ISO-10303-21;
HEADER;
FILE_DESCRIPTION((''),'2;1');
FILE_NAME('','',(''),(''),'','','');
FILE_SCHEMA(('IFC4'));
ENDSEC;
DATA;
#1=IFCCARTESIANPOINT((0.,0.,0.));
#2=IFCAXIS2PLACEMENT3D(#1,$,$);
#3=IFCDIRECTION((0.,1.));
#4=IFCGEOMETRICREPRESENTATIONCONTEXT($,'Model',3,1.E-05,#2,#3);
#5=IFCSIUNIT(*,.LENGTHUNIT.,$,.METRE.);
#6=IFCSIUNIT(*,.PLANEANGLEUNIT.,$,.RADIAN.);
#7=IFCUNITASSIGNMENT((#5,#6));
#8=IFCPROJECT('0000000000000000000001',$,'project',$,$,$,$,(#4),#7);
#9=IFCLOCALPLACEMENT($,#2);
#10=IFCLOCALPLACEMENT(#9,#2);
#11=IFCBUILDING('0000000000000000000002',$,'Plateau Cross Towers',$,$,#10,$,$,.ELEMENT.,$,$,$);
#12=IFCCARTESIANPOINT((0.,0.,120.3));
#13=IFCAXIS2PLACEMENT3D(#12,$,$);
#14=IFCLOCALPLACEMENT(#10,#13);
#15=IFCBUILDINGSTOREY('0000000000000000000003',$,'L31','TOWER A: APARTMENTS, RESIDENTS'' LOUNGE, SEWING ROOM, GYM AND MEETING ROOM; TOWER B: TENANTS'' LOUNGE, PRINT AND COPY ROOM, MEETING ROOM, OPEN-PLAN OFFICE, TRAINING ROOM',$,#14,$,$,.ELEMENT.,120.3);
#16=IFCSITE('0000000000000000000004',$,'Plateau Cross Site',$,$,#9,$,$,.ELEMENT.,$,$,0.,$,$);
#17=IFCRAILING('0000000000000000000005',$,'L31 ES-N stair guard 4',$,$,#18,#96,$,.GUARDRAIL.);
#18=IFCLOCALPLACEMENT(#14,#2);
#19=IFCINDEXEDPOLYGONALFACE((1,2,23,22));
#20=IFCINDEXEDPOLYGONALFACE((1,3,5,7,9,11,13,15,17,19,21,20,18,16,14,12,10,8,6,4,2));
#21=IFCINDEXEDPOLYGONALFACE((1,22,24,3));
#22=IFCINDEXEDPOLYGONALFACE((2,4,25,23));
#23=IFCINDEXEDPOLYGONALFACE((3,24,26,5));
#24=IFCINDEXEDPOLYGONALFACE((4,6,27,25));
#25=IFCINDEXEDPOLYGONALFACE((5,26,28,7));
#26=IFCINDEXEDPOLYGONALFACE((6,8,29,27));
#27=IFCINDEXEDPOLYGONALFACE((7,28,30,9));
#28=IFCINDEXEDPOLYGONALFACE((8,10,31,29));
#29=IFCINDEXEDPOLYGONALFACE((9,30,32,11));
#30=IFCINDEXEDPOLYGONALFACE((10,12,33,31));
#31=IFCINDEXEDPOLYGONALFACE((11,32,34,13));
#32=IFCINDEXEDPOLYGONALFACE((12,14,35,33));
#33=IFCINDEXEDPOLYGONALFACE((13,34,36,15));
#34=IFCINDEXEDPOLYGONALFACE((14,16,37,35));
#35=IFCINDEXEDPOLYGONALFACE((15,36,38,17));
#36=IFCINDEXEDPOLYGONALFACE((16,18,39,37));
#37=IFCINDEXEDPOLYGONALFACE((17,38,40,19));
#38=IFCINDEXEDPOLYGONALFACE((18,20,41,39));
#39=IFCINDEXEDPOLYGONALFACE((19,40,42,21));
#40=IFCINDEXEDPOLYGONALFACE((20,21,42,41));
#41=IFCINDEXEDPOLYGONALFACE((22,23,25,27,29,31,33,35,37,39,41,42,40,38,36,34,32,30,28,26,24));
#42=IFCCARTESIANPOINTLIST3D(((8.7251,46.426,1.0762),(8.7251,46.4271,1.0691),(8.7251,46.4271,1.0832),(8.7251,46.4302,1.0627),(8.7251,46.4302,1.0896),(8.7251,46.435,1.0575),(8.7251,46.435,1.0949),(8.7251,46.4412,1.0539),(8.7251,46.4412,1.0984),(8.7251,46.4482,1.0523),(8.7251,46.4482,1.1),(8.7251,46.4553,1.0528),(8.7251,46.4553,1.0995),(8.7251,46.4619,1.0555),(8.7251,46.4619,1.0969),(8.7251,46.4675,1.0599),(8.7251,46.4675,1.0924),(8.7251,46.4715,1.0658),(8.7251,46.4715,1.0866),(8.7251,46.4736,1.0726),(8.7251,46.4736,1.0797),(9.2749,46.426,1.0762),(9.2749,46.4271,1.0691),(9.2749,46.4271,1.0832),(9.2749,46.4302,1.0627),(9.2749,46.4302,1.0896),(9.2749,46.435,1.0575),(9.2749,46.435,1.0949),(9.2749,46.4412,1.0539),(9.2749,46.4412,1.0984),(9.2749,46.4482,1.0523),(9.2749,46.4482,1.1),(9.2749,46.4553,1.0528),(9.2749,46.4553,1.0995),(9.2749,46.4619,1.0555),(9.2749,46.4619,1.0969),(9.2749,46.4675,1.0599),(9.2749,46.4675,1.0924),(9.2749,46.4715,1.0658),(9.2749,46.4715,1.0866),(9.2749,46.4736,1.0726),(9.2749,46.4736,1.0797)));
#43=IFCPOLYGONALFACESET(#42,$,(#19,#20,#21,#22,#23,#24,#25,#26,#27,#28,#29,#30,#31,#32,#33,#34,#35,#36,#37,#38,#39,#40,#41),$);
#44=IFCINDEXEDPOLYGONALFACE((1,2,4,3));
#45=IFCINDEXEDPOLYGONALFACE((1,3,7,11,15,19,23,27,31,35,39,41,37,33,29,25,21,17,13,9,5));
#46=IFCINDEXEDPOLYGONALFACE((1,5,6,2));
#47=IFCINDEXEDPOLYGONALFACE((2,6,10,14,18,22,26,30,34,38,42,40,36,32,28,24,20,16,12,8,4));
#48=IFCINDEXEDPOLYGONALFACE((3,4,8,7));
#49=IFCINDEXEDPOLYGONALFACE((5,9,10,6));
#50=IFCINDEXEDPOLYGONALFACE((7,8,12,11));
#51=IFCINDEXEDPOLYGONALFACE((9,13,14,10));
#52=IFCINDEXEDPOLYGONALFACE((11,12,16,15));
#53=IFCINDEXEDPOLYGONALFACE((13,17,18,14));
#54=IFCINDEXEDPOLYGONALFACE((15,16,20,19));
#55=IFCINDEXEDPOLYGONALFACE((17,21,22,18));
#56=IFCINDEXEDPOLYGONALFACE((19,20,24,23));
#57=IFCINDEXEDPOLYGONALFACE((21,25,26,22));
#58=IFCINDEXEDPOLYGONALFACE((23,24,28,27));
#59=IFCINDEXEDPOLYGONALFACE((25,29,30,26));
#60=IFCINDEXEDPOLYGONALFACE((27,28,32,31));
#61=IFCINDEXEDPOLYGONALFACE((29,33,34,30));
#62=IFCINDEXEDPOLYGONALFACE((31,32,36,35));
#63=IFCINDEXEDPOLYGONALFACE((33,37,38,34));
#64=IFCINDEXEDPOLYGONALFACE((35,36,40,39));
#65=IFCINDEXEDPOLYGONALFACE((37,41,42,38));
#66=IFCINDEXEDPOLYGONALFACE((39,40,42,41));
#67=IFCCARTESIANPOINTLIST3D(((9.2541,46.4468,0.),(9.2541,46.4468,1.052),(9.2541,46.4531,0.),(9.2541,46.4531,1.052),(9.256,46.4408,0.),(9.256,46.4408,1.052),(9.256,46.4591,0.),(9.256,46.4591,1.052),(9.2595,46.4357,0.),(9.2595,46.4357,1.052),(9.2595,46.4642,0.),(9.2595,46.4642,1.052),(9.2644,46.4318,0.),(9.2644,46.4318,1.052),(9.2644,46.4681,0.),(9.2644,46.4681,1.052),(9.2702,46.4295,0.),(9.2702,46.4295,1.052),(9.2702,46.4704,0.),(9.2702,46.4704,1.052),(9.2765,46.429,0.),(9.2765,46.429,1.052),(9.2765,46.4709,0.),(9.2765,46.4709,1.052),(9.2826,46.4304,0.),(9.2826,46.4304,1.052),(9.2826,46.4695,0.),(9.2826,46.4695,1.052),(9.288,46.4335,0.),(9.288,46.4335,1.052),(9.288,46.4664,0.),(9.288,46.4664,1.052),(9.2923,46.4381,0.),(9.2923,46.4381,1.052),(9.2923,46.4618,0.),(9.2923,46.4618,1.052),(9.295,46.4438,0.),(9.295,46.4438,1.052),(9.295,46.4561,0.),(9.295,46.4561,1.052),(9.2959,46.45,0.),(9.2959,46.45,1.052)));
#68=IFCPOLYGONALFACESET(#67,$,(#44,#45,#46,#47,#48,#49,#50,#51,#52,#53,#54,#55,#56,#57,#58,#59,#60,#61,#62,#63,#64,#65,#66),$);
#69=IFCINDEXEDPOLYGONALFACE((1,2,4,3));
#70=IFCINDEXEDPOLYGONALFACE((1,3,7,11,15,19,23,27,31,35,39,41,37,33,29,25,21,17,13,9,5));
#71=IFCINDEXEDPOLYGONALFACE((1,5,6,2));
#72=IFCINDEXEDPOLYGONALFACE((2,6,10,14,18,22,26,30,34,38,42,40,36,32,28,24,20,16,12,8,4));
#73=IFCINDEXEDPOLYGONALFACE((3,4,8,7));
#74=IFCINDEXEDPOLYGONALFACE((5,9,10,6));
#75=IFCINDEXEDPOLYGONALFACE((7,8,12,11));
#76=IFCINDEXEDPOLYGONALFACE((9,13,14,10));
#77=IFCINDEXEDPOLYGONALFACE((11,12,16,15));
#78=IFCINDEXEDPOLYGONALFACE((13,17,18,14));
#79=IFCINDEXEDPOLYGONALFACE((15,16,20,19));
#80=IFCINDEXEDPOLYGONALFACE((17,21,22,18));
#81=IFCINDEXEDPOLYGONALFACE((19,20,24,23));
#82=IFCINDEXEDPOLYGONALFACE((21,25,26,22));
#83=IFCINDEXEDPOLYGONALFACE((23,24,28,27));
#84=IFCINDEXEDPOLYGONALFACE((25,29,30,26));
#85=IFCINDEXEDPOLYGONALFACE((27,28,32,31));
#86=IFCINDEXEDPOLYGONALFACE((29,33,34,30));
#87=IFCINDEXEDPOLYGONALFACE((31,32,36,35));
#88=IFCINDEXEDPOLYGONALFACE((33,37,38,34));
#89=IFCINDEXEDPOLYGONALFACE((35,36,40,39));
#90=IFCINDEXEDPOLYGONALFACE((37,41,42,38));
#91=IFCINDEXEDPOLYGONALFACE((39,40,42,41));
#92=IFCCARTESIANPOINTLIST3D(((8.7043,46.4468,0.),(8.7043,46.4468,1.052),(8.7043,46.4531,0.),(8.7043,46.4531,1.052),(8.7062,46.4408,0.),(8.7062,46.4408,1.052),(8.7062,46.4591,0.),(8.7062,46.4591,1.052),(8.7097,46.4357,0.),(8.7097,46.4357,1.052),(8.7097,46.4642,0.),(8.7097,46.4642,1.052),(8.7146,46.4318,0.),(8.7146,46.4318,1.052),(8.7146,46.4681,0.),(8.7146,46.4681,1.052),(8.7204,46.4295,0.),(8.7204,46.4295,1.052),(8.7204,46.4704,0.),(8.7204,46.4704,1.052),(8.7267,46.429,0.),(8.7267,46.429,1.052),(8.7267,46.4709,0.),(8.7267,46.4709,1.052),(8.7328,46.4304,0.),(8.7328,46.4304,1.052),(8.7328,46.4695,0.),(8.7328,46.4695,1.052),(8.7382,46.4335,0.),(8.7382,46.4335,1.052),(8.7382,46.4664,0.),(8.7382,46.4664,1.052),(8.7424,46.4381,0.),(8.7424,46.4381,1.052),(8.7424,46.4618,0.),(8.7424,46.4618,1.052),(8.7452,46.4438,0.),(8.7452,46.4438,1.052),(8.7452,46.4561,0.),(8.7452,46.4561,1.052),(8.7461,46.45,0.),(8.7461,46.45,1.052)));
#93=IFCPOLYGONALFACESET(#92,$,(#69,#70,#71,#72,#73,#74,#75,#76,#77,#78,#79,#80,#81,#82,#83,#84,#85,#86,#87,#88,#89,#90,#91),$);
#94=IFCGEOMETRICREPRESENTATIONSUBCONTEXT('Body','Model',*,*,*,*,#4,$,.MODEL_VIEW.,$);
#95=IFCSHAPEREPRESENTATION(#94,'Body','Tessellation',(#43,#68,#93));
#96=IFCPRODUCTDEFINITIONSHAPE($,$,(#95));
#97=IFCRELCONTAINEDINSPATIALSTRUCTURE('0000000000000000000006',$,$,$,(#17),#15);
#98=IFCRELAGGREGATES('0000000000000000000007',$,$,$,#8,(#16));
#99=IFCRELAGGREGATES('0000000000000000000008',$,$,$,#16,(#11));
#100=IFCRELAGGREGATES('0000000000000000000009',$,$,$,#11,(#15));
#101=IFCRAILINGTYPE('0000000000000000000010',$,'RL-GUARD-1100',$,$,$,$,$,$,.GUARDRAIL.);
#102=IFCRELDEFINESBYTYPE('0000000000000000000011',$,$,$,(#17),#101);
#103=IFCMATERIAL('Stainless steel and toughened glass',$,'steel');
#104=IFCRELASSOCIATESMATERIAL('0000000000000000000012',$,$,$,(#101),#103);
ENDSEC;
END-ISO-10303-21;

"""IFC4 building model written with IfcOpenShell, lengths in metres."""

from ifc_helpers import new_model, si_unit, direction, frame, origin, origin_2d, place, context, subcontext, project, spatial, circle, extrude, material, type_object, element, save


model = new_model("IFC4")

# Units and contexts
model_context = context("Model", 3, precision=1e-05, world=origin(), true_north=direction((0.0, 1.0)))
body_context = subcontext(model_context, "Body", "Model", "MODEL_VIEW")
ifc_project = project(units=[si_unit("LENGTHUNIT", "METRE"), si_unit("PLANEANGLEUNIT", "RADIAN")], contexts=[model_context])

# Site, building, storey
site_placement = place(None, origin())
site = spatial("IfcSite", under=ifc_project, at=site_placement, Name="Plateau Cross Site", CompositionType="ELEMENT", RefElevation=0.0)
building_placement = place(site_placement, origin())
building = spatial("IfcBuilding", under=site, at=building_placement, Name="Plateau Cross Towers", CompositionType="ELEMENT")
storey_placement = place(building_placement, frame((0.0, 0.0, 120.3)))
storey = spatial("IfcBuildingStorey", under=building, at=storey_placement, Name="L31", Description="TOWER A: APARTMENTS, RESIDENTS' LOUNGE, SEWING ROOM, GYM AND MEETING ROOM; TOWER B: TENANTS' LOUNGE, PRINT AND COPY ROOM, MEETING ROOM, OPEN-PLAN OFFICE, TRAINING ROOM", CompositionType="ELEMENT", Elevation=120.3)

# Railing
ifc_material_1 = material(Name="Stainless steel and toughened glass", Category="steel")
railing_type_1 = type_object("IfcRailingType", Name="RL-GUARD-1100", PredefinedType="GUARDRAIL", material=ifc_material_1)
railing_1_placement = place(storey_placement, frame((9.2749, 46.45, 0.0)))
element("IfcRailing", 1, at=railing_1_placement, inside=storey, type_object=railing_type_1, Name="L31 ES-N stair guard 4", PredefinedType="GUARDRAIL", context=body_context, shape_type="SweptSolid", body=[
    extrude(circle(Radius=0.0239, at=origin_2d()), frame((0.0, 0.0, 1.0762), z_axis=(-1.0, 0.0, 0.0), x_axis=(0.0, -1.0, 0.0)), (0.0, 0.0, 1.0), 0.5498),
    extrude(circle(Radius=0.021, at=origin_2d()), origin(), (0.0, 0.0, 1.0), 1.052),
    extrude(circle(Radius=0.021, at=origin_2d()), frame((-0.5498, 0.0, 0.0)), (0.0, 0.0, 1.0), 1.052),
])

save(model, "model.ifc")
